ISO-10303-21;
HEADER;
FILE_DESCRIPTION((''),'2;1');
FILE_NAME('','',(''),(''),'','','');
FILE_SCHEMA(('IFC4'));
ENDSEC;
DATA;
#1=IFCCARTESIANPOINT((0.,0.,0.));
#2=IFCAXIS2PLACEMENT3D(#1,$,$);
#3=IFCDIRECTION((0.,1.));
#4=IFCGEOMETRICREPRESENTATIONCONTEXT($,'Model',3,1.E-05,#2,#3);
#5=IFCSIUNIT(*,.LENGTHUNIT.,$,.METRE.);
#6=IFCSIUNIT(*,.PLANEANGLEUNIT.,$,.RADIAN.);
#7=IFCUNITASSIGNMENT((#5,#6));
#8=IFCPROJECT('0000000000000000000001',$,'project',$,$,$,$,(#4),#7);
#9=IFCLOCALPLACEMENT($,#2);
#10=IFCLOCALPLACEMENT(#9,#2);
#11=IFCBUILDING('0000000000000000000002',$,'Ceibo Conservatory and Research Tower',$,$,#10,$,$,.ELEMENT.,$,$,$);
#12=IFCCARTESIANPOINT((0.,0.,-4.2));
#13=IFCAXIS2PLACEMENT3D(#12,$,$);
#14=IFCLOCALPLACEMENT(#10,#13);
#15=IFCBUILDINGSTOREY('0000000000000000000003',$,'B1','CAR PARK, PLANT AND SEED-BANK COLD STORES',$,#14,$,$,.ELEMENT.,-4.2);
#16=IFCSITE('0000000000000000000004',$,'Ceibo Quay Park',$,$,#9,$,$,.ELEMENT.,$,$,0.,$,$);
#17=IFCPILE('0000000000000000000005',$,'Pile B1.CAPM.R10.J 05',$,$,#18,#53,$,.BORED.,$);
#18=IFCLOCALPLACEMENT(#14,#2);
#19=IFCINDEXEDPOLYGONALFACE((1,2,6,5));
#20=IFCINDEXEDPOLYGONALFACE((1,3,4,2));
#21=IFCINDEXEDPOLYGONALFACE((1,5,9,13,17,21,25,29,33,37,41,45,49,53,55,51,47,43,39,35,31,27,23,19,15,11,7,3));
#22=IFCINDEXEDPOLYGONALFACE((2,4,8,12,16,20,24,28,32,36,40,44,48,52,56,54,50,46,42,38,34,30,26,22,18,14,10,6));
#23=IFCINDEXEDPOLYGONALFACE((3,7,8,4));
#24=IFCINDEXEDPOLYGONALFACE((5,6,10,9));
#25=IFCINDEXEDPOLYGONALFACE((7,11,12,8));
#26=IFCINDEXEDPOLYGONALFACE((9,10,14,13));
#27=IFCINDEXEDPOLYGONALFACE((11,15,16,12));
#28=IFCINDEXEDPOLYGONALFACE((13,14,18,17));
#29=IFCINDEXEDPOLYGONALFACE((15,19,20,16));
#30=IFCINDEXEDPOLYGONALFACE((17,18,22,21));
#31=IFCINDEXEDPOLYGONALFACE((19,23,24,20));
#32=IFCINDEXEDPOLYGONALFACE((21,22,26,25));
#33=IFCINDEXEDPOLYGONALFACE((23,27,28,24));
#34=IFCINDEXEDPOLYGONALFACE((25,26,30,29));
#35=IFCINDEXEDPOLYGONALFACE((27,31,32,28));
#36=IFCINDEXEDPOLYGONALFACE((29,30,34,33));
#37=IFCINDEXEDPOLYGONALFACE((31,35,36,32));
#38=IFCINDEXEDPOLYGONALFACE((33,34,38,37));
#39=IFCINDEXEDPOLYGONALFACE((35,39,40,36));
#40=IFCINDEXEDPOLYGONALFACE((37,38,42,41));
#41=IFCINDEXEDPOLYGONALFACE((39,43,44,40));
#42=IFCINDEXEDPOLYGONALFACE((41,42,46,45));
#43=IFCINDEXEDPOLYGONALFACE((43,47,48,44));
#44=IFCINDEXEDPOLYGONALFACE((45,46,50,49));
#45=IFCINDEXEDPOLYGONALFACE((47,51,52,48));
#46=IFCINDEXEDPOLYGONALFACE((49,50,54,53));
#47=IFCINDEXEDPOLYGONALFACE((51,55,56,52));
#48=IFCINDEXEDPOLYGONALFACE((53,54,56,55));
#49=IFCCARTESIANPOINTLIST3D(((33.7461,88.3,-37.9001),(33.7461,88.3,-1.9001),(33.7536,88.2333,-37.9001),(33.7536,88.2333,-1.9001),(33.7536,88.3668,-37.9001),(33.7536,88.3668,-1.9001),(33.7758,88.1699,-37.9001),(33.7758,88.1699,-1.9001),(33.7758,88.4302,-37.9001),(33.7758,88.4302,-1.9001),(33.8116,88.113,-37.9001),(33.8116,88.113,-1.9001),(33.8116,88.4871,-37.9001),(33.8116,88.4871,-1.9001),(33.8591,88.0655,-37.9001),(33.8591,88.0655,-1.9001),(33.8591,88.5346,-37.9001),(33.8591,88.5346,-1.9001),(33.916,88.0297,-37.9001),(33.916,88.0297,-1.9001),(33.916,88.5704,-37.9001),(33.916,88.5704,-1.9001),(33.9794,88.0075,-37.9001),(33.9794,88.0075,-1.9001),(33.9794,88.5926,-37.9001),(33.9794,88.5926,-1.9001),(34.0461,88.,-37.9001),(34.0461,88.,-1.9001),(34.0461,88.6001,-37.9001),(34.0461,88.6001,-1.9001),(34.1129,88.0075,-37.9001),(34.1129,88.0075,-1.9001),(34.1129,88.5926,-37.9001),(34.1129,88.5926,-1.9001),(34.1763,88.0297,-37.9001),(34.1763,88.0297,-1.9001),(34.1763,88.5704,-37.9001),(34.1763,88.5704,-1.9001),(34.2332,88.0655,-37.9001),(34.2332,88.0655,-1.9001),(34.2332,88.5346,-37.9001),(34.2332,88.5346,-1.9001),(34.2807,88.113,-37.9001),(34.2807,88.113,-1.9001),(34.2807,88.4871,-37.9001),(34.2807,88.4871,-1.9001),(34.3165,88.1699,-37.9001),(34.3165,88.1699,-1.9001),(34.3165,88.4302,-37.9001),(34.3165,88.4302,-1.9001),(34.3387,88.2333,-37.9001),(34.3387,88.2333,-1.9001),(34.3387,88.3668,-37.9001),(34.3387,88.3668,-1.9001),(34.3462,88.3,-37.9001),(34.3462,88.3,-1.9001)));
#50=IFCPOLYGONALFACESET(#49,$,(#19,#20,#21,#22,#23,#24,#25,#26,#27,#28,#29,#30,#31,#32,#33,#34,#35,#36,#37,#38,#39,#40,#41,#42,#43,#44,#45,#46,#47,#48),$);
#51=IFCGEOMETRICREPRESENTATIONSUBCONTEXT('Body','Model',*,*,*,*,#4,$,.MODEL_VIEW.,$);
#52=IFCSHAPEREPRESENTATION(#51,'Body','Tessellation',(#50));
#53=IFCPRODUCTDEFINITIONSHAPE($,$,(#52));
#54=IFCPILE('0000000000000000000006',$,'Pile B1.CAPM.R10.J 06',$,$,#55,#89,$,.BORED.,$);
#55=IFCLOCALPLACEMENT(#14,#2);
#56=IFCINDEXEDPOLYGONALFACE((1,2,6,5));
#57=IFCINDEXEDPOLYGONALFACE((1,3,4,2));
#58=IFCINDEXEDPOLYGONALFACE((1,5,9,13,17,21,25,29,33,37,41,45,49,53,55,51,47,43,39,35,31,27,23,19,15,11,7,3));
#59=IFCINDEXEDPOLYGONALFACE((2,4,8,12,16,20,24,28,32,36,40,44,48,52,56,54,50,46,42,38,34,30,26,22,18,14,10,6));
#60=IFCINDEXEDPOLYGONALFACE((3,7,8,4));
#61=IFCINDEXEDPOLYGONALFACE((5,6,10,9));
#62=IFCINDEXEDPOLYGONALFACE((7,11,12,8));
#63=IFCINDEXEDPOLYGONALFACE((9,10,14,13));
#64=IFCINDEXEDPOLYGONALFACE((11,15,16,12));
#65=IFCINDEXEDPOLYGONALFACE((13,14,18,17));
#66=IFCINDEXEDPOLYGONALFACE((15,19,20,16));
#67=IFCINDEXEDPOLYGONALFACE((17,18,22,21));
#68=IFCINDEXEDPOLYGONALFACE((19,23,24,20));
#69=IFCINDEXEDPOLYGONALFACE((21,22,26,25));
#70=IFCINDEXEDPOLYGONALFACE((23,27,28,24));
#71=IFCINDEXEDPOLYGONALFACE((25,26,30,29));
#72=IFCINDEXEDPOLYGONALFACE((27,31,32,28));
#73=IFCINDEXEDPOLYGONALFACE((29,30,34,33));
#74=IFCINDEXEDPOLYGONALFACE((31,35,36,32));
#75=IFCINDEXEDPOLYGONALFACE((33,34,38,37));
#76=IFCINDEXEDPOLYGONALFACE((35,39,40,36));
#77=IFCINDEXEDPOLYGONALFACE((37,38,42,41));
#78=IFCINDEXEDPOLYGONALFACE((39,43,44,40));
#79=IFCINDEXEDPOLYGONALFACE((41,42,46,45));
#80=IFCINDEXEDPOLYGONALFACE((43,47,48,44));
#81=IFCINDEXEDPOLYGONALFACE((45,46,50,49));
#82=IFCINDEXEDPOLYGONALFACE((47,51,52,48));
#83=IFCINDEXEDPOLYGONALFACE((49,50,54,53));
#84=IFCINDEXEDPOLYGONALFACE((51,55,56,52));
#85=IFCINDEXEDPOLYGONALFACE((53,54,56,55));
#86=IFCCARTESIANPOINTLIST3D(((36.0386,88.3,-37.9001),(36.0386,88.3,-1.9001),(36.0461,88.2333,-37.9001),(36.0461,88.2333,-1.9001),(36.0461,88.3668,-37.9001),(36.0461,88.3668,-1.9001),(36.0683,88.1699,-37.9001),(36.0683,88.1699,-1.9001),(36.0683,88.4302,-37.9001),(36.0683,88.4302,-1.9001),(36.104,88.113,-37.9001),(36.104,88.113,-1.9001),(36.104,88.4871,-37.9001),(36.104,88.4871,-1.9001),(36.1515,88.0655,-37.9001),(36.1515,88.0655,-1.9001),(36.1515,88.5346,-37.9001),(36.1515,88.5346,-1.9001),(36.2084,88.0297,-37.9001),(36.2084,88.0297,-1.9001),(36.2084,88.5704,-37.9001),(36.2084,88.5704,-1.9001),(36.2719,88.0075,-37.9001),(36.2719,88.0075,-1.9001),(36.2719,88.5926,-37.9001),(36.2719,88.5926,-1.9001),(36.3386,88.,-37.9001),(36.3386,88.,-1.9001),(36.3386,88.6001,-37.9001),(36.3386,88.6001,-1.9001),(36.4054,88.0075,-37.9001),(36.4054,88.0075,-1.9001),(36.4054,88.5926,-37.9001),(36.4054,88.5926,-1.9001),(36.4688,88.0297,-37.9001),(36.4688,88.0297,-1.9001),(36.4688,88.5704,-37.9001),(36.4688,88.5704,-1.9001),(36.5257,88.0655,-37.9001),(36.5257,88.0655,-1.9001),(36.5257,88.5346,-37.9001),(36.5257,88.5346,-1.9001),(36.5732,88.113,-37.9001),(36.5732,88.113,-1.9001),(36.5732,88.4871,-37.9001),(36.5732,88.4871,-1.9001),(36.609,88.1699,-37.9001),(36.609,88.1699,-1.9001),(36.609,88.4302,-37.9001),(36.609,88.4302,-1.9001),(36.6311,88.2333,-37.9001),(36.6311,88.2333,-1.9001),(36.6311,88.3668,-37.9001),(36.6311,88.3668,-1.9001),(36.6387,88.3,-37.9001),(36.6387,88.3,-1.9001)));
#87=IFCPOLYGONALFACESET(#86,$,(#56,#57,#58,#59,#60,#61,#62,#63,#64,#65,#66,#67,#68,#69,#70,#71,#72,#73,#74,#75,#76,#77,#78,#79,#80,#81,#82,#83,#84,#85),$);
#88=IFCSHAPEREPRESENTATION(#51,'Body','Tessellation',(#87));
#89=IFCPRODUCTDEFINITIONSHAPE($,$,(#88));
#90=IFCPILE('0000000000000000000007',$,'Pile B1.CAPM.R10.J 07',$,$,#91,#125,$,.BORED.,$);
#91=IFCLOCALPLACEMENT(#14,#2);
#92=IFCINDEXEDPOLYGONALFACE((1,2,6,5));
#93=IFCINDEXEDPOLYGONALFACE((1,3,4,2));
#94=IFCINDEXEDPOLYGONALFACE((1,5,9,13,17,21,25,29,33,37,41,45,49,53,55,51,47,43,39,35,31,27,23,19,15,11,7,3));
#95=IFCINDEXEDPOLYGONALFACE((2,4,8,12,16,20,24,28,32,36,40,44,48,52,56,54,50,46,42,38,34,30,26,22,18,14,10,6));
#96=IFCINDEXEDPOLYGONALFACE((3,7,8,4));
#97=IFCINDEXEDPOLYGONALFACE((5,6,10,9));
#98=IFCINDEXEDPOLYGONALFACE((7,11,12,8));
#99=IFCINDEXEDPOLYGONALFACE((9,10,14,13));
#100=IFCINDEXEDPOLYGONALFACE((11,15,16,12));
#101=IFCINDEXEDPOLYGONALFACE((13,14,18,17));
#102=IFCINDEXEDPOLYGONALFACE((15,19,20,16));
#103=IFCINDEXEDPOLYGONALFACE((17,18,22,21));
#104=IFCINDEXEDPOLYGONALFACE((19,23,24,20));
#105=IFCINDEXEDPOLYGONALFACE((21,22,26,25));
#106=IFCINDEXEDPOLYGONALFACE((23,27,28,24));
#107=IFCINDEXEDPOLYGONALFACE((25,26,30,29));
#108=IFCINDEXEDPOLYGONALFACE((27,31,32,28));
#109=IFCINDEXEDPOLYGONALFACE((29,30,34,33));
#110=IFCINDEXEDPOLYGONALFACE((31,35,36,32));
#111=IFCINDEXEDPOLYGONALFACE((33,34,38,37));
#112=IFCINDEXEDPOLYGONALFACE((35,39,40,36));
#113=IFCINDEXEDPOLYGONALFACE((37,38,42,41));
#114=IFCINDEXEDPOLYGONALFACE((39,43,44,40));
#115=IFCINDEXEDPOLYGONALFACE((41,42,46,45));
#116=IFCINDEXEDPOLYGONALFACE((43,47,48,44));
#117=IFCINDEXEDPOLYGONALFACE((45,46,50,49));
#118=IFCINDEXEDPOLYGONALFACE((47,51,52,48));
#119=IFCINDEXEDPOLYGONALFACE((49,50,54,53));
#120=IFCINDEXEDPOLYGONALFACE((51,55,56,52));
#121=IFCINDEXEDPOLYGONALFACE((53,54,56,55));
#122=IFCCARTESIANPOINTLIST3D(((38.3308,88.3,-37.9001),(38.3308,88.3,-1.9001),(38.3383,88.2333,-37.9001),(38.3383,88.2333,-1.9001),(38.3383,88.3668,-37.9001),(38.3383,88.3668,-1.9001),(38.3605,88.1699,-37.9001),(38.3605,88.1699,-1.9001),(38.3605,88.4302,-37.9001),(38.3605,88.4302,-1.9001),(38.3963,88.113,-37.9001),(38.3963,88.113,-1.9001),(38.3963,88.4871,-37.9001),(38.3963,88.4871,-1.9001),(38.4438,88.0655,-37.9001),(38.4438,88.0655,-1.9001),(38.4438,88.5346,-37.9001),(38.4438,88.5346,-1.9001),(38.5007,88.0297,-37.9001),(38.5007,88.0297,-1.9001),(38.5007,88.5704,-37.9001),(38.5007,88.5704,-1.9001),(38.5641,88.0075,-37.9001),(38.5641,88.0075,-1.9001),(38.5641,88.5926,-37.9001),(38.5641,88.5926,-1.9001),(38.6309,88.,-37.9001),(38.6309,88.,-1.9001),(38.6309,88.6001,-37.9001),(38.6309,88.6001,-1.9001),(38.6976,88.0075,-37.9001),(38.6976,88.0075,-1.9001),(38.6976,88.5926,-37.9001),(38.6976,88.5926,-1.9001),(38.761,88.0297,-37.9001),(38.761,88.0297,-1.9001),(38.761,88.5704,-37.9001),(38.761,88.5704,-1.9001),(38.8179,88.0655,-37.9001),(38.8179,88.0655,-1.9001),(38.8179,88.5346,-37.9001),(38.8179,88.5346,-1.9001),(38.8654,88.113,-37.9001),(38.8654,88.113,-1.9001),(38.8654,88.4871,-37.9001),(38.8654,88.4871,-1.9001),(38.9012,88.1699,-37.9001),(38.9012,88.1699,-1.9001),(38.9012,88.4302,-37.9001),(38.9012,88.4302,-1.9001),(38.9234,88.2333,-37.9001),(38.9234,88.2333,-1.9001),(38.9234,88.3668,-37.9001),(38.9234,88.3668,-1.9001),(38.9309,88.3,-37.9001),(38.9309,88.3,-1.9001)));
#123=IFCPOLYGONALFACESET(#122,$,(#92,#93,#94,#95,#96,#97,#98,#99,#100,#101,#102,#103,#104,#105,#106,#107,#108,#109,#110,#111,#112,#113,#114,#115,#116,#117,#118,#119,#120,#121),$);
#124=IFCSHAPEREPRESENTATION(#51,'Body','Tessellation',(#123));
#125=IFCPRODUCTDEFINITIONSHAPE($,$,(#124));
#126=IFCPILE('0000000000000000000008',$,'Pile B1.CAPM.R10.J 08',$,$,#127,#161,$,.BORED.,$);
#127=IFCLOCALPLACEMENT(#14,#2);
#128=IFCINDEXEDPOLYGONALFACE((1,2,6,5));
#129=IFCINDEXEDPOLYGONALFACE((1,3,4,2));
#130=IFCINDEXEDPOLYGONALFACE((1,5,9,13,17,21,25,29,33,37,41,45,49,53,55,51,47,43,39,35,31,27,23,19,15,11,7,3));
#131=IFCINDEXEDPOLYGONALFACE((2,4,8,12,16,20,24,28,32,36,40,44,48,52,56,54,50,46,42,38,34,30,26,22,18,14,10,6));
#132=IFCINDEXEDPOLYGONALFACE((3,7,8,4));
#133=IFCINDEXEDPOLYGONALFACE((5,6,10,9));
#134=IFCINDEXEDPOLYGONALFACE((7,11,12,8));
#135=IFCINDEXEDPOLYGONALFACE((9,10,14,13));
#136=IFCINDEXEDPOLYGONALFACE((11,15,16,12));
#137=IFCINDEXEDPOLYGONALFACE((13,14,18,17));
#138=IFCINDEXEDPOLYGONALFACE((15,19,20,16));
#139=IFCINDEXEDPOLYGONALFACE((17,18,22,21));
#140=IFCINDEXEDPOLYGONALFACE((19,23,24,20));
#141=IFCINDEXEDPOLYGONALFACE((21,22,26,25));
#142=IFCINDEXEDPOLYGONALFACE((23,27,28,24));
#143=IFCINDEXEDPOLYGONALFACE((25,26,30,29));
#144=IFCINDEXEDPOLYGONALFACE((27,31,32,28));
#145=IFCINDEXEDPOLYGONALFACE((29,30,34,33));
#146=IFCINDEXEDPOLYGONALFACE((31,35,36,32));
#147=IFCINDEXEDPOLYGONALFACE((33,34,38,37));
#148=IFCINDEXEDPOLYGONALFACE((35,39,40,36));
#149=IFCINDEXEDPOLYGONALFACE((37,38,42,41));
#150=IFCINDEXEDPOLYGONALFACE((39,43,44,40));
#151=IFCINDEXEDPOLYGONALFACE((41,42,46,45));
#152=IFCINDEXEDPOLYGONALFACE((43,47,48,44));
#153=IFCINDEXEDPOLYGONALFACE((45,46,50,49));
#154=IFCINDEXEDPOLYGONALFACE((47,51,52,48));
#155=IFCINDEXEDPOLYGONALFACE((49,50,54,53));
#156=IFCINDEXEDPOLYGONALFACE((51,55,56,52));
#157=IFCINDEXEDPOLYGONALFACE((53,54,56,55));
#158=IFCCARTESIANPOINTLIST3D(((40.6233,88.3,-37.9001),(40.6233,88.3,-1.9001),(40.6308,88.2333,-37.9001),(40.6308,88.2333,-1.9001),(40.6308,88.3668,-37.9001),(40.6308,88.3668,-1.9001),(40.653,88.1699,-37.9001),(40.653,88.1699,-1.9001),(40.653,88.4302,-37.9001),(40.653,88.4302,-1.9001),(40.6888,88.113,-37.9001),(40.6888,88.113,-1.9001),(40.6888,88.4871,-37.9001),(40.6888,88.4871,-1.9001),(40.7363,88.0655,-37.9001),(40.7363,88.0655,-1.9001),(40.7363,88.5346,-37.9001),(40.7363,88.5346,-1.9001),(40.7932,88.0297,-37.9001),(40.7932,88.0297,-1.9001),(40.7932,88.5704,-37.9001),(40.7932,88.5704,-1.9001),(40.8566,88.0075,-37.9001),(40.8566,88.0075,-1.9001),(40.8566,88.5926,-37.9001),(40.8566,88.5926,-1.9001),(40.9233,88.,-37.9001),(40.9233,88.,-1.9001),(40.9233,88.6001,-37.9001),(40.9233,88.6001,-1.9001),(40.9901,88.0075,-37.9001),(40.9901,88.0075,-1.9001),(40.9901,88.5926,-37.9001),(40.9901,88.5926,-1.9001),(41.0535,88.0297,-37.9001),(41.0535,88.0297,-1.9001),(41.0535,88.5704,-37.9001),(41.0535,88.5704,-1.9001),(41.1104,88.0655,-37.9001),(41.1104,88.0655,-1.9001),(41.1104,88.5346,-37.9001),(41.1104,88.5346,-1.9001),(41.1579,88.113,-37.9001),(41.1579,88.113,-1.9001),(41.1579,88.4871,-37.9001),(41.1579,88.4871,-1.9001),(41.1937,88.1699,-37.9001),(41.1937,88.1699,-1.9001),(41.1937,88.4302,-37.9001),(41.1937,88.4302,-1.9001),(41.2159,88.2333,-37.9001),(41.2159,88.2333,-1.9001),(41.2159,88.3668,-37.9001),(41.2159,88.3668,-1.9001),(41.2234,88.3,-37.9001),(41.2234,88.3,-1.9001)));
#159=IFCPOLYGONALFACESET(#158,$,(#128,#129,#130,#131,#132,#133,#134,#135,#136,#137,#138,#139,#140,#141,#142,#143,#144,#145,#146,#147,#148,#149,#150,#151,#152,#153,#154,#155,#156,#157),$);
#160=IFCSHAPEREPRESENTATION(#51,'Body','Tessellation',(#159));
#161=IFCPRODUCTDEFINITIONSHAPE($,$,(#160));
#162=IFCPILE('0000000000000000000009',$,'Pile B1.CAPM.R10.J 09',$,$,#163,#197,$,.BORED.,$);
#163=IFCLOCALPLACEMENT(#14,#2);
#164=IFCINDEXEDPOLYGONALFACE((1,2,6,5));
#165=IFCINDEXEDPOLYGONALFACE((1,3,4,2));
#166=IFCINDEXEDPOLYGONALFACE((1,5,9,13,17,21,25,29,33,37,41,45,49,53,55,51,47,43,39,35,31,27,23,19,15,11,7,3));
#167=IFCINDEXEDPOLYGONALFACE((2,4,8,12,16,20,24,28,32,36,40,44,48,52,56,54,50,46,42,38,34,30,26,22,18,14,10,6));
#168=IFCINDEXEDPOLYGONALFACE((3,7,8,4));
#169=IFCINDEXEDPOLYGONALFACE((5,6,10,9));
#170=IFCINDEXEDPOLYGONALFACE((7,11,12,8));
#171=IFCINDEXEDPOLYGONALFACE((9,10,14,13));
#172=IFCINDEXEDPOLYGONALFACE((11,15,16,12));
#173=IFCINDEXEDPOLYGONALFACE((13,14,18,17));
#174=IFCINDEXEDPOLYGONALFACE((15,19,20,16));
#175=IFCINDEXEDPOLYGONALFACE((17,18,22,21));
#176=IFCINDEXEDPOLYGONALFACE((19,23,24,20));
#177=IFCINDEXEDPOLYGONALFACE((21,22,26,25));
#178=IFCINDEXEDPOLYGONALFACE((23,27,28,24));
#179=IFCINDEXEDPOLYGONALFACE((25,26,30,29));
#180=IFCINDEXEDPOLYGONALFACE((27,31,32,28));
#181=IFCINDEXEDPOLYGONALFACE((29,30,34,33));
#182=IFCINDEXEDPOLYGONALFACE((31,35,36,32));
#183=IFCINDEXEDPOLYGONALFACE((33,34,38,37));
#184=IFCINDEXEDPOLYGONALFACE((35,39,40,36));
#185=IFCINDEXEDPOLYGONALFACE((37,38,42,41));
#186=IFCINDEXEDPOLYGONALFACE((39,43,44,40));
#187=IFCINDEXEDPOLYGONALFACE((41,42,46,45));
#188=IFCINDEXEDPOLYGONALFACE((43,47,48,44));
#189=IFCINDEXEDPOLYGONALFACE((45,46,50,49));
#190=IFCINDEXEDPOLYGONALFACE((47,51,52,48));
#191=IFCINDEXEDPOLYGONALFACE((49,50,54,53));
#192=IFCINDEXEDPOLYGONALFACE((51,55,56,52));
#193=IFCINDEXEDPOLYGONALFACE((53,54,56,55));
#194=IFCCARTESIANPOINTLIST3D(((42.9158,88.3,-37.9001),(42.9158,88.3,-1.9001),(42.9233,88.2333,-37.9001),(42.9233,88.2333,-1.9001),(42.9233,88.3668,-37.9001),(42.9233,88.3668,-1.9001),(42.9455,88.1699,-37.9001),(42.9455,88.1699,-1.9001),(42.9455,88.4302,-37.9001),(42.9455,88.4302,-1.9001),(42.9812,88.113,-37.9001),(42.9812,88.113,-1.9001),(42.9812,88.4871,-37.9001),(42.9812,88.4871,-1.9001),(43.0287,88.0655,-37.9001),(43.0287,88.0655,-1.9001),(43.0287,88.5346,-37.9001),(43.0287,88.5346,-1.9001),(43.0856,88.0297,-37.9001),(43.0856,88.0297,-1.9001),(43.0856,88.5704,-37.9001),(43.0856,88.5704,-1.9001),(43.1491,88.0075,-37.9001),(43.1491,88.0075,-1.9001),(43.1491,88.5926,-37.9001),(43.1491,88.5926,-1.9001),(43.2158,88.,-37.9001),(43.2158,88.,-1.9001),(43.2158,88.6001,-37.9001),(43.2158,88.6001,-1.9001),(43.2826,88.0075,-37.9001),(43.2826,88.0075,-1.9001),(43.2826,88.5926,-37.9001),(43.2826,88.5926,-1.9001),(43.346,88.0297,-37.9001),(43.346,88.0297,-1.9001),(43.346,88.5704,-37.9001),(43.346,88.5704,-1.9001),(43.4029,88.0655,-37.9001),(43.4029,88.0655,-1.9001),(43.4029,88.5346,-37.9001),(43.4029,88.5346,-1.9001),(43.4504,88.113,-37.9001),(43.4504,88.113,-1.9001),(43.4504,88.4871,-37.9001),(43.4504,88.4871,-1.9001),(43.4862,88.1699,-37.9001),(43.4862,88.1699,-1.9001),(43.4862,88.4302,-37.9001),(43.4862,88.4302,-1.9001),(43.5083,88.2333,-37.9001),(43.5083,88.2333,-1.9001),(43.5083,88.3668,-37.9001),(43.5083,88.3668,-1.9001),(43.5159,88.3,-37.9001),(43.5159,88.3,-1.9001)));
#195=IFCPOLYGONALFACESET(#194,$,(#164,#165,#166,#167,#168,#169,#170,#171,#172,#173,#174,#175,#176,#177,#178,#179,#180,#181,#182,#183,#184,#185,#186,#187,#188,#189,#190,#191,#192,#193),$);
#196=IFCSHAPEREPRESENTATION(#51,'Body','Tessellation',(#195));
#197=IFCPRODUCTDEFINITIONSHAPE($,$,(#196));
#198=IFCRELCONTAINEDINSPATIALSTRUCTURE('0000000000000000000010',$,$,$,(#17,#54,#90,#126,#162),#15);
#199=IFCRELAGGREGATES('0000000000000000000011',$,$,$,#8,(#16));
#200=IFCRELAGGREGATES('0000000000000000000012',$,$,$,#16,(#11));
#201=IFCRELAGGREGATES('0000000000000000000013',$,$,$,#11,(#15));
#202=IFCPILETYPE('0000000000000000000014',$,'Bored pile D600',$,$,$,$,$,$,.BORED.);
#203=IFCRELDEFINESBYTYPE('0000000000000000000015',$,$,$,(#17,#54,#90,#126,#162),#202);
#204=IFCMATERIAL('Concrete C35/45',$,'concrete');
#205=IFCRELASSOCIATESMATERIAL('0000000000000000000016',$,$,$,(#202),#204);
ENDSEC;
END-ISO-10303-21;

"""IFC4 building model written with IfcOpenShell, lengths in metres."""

from ifc_helpers import new_model, si_unit, direction, frame, origin, origin_2d, place, context, subcontext, project, spatial, circle, extrude, material, material_profile, profile_set, type_object, element, save


model = new_model("IFC4")

# Units and contexts
model_context = context("Model", 3, precision=1e-05, world=origin(), true_north=direction((0.0, 1.0)))
body_context = subcontext(model_context, "Body", "Model", "MODEL_VIEW")
ifc_project = project(units=[si_unit("LENGTHUNIT", "METRE"), si_unit("PLANEANGLEUNIT", "RADIAN")], contexts=[model_context])

# Site, building, storey
site_placement = place(None, origin())
site = spatial("IfcSite", under=ifc_project, at=site_placement, Name="Ceibo Quay Park", CompositionType="ELEMENT", RefElevation=0.0)
building_placement = place(site_placement, origin())
building = spatial("IfcBuilding", under=site, at=building_placement, Name="Ceibo Conservatory and Research Tower", CompositionType="ELEMENT")
storey_placement = place(building_placement, frame((0.0, 0.0, -4.2)))
storey = spatial("IfcBuildingStorey", under=building, at=storey_placement, Name="B1", Description="CAR PARK, PLANT AND SEED-BANK COLD STORES", CompositionType="ELEMENT", Elevation=-4.2)

# Piles
ifc_material_1 = material(Name="Concrete C35/45", Category="concrete")
ifc_material_profile_1 = material_profile(ifc_material_1, circle(Radius=0.3, at=origin_2d()), Name="RC D600")
ifc_profile_set_1 = profile_set([ifc_material_profile_1], Name="Concrete C35/45")
pile_type_1 = type_object("IfcPileType", Name="Bored pile D600", PredefinedType="BORED", material=ifc_profile_set_1)
for number, where, z_axis, x_axis, name in (
    (1, (34.0461, 88.3, -1.9001), (0.0, 0.0, -1.0), (1.0, 0.0, 0.0), "Pile B1.CAPM.R10.J 05"),
    (2, (36.3386, 88.3, -1.9001), (0.0, 0.0, -1.0), (1.0, 0.0, 0.0), "Pile B1.CAPM.R10.J 06"),
    (3, (38.6309, 88.3, -1.9001), (0.0, 0.0, -1.0), (1.0, 0.0, 0.0), "Pile B1.CAPM.R10.J 07"),
    (4, (40.9233, 88.3, -1.9001), (0.0, 0.0, -1.0), (1.0, 0.0, 0.0), "Pile B1.CAPM.R10.J 08"),
    (5, (43.2158, 88.3, -1.9001), (0.0, 0.0, -1.0), (1.0, 0.0, 0.0), "Pile B1.CAPM.R10.J 09"),
):
    element("IfcPile", number, at=place(storey_placement, frame(where, z_axis=z_axis, x_axis=x_axis)), inside=storey, type_object=pile_type_1, Name=name, PredefinedType="BORED", context=body_context, shape_type="SweptSolid", body=[
        extrude(circle(Radius=0.3, at=origin_2d()), origin(), (0.0, 0.0, 1.0), 36.0),
    ])

save(model, "model.ifc")
